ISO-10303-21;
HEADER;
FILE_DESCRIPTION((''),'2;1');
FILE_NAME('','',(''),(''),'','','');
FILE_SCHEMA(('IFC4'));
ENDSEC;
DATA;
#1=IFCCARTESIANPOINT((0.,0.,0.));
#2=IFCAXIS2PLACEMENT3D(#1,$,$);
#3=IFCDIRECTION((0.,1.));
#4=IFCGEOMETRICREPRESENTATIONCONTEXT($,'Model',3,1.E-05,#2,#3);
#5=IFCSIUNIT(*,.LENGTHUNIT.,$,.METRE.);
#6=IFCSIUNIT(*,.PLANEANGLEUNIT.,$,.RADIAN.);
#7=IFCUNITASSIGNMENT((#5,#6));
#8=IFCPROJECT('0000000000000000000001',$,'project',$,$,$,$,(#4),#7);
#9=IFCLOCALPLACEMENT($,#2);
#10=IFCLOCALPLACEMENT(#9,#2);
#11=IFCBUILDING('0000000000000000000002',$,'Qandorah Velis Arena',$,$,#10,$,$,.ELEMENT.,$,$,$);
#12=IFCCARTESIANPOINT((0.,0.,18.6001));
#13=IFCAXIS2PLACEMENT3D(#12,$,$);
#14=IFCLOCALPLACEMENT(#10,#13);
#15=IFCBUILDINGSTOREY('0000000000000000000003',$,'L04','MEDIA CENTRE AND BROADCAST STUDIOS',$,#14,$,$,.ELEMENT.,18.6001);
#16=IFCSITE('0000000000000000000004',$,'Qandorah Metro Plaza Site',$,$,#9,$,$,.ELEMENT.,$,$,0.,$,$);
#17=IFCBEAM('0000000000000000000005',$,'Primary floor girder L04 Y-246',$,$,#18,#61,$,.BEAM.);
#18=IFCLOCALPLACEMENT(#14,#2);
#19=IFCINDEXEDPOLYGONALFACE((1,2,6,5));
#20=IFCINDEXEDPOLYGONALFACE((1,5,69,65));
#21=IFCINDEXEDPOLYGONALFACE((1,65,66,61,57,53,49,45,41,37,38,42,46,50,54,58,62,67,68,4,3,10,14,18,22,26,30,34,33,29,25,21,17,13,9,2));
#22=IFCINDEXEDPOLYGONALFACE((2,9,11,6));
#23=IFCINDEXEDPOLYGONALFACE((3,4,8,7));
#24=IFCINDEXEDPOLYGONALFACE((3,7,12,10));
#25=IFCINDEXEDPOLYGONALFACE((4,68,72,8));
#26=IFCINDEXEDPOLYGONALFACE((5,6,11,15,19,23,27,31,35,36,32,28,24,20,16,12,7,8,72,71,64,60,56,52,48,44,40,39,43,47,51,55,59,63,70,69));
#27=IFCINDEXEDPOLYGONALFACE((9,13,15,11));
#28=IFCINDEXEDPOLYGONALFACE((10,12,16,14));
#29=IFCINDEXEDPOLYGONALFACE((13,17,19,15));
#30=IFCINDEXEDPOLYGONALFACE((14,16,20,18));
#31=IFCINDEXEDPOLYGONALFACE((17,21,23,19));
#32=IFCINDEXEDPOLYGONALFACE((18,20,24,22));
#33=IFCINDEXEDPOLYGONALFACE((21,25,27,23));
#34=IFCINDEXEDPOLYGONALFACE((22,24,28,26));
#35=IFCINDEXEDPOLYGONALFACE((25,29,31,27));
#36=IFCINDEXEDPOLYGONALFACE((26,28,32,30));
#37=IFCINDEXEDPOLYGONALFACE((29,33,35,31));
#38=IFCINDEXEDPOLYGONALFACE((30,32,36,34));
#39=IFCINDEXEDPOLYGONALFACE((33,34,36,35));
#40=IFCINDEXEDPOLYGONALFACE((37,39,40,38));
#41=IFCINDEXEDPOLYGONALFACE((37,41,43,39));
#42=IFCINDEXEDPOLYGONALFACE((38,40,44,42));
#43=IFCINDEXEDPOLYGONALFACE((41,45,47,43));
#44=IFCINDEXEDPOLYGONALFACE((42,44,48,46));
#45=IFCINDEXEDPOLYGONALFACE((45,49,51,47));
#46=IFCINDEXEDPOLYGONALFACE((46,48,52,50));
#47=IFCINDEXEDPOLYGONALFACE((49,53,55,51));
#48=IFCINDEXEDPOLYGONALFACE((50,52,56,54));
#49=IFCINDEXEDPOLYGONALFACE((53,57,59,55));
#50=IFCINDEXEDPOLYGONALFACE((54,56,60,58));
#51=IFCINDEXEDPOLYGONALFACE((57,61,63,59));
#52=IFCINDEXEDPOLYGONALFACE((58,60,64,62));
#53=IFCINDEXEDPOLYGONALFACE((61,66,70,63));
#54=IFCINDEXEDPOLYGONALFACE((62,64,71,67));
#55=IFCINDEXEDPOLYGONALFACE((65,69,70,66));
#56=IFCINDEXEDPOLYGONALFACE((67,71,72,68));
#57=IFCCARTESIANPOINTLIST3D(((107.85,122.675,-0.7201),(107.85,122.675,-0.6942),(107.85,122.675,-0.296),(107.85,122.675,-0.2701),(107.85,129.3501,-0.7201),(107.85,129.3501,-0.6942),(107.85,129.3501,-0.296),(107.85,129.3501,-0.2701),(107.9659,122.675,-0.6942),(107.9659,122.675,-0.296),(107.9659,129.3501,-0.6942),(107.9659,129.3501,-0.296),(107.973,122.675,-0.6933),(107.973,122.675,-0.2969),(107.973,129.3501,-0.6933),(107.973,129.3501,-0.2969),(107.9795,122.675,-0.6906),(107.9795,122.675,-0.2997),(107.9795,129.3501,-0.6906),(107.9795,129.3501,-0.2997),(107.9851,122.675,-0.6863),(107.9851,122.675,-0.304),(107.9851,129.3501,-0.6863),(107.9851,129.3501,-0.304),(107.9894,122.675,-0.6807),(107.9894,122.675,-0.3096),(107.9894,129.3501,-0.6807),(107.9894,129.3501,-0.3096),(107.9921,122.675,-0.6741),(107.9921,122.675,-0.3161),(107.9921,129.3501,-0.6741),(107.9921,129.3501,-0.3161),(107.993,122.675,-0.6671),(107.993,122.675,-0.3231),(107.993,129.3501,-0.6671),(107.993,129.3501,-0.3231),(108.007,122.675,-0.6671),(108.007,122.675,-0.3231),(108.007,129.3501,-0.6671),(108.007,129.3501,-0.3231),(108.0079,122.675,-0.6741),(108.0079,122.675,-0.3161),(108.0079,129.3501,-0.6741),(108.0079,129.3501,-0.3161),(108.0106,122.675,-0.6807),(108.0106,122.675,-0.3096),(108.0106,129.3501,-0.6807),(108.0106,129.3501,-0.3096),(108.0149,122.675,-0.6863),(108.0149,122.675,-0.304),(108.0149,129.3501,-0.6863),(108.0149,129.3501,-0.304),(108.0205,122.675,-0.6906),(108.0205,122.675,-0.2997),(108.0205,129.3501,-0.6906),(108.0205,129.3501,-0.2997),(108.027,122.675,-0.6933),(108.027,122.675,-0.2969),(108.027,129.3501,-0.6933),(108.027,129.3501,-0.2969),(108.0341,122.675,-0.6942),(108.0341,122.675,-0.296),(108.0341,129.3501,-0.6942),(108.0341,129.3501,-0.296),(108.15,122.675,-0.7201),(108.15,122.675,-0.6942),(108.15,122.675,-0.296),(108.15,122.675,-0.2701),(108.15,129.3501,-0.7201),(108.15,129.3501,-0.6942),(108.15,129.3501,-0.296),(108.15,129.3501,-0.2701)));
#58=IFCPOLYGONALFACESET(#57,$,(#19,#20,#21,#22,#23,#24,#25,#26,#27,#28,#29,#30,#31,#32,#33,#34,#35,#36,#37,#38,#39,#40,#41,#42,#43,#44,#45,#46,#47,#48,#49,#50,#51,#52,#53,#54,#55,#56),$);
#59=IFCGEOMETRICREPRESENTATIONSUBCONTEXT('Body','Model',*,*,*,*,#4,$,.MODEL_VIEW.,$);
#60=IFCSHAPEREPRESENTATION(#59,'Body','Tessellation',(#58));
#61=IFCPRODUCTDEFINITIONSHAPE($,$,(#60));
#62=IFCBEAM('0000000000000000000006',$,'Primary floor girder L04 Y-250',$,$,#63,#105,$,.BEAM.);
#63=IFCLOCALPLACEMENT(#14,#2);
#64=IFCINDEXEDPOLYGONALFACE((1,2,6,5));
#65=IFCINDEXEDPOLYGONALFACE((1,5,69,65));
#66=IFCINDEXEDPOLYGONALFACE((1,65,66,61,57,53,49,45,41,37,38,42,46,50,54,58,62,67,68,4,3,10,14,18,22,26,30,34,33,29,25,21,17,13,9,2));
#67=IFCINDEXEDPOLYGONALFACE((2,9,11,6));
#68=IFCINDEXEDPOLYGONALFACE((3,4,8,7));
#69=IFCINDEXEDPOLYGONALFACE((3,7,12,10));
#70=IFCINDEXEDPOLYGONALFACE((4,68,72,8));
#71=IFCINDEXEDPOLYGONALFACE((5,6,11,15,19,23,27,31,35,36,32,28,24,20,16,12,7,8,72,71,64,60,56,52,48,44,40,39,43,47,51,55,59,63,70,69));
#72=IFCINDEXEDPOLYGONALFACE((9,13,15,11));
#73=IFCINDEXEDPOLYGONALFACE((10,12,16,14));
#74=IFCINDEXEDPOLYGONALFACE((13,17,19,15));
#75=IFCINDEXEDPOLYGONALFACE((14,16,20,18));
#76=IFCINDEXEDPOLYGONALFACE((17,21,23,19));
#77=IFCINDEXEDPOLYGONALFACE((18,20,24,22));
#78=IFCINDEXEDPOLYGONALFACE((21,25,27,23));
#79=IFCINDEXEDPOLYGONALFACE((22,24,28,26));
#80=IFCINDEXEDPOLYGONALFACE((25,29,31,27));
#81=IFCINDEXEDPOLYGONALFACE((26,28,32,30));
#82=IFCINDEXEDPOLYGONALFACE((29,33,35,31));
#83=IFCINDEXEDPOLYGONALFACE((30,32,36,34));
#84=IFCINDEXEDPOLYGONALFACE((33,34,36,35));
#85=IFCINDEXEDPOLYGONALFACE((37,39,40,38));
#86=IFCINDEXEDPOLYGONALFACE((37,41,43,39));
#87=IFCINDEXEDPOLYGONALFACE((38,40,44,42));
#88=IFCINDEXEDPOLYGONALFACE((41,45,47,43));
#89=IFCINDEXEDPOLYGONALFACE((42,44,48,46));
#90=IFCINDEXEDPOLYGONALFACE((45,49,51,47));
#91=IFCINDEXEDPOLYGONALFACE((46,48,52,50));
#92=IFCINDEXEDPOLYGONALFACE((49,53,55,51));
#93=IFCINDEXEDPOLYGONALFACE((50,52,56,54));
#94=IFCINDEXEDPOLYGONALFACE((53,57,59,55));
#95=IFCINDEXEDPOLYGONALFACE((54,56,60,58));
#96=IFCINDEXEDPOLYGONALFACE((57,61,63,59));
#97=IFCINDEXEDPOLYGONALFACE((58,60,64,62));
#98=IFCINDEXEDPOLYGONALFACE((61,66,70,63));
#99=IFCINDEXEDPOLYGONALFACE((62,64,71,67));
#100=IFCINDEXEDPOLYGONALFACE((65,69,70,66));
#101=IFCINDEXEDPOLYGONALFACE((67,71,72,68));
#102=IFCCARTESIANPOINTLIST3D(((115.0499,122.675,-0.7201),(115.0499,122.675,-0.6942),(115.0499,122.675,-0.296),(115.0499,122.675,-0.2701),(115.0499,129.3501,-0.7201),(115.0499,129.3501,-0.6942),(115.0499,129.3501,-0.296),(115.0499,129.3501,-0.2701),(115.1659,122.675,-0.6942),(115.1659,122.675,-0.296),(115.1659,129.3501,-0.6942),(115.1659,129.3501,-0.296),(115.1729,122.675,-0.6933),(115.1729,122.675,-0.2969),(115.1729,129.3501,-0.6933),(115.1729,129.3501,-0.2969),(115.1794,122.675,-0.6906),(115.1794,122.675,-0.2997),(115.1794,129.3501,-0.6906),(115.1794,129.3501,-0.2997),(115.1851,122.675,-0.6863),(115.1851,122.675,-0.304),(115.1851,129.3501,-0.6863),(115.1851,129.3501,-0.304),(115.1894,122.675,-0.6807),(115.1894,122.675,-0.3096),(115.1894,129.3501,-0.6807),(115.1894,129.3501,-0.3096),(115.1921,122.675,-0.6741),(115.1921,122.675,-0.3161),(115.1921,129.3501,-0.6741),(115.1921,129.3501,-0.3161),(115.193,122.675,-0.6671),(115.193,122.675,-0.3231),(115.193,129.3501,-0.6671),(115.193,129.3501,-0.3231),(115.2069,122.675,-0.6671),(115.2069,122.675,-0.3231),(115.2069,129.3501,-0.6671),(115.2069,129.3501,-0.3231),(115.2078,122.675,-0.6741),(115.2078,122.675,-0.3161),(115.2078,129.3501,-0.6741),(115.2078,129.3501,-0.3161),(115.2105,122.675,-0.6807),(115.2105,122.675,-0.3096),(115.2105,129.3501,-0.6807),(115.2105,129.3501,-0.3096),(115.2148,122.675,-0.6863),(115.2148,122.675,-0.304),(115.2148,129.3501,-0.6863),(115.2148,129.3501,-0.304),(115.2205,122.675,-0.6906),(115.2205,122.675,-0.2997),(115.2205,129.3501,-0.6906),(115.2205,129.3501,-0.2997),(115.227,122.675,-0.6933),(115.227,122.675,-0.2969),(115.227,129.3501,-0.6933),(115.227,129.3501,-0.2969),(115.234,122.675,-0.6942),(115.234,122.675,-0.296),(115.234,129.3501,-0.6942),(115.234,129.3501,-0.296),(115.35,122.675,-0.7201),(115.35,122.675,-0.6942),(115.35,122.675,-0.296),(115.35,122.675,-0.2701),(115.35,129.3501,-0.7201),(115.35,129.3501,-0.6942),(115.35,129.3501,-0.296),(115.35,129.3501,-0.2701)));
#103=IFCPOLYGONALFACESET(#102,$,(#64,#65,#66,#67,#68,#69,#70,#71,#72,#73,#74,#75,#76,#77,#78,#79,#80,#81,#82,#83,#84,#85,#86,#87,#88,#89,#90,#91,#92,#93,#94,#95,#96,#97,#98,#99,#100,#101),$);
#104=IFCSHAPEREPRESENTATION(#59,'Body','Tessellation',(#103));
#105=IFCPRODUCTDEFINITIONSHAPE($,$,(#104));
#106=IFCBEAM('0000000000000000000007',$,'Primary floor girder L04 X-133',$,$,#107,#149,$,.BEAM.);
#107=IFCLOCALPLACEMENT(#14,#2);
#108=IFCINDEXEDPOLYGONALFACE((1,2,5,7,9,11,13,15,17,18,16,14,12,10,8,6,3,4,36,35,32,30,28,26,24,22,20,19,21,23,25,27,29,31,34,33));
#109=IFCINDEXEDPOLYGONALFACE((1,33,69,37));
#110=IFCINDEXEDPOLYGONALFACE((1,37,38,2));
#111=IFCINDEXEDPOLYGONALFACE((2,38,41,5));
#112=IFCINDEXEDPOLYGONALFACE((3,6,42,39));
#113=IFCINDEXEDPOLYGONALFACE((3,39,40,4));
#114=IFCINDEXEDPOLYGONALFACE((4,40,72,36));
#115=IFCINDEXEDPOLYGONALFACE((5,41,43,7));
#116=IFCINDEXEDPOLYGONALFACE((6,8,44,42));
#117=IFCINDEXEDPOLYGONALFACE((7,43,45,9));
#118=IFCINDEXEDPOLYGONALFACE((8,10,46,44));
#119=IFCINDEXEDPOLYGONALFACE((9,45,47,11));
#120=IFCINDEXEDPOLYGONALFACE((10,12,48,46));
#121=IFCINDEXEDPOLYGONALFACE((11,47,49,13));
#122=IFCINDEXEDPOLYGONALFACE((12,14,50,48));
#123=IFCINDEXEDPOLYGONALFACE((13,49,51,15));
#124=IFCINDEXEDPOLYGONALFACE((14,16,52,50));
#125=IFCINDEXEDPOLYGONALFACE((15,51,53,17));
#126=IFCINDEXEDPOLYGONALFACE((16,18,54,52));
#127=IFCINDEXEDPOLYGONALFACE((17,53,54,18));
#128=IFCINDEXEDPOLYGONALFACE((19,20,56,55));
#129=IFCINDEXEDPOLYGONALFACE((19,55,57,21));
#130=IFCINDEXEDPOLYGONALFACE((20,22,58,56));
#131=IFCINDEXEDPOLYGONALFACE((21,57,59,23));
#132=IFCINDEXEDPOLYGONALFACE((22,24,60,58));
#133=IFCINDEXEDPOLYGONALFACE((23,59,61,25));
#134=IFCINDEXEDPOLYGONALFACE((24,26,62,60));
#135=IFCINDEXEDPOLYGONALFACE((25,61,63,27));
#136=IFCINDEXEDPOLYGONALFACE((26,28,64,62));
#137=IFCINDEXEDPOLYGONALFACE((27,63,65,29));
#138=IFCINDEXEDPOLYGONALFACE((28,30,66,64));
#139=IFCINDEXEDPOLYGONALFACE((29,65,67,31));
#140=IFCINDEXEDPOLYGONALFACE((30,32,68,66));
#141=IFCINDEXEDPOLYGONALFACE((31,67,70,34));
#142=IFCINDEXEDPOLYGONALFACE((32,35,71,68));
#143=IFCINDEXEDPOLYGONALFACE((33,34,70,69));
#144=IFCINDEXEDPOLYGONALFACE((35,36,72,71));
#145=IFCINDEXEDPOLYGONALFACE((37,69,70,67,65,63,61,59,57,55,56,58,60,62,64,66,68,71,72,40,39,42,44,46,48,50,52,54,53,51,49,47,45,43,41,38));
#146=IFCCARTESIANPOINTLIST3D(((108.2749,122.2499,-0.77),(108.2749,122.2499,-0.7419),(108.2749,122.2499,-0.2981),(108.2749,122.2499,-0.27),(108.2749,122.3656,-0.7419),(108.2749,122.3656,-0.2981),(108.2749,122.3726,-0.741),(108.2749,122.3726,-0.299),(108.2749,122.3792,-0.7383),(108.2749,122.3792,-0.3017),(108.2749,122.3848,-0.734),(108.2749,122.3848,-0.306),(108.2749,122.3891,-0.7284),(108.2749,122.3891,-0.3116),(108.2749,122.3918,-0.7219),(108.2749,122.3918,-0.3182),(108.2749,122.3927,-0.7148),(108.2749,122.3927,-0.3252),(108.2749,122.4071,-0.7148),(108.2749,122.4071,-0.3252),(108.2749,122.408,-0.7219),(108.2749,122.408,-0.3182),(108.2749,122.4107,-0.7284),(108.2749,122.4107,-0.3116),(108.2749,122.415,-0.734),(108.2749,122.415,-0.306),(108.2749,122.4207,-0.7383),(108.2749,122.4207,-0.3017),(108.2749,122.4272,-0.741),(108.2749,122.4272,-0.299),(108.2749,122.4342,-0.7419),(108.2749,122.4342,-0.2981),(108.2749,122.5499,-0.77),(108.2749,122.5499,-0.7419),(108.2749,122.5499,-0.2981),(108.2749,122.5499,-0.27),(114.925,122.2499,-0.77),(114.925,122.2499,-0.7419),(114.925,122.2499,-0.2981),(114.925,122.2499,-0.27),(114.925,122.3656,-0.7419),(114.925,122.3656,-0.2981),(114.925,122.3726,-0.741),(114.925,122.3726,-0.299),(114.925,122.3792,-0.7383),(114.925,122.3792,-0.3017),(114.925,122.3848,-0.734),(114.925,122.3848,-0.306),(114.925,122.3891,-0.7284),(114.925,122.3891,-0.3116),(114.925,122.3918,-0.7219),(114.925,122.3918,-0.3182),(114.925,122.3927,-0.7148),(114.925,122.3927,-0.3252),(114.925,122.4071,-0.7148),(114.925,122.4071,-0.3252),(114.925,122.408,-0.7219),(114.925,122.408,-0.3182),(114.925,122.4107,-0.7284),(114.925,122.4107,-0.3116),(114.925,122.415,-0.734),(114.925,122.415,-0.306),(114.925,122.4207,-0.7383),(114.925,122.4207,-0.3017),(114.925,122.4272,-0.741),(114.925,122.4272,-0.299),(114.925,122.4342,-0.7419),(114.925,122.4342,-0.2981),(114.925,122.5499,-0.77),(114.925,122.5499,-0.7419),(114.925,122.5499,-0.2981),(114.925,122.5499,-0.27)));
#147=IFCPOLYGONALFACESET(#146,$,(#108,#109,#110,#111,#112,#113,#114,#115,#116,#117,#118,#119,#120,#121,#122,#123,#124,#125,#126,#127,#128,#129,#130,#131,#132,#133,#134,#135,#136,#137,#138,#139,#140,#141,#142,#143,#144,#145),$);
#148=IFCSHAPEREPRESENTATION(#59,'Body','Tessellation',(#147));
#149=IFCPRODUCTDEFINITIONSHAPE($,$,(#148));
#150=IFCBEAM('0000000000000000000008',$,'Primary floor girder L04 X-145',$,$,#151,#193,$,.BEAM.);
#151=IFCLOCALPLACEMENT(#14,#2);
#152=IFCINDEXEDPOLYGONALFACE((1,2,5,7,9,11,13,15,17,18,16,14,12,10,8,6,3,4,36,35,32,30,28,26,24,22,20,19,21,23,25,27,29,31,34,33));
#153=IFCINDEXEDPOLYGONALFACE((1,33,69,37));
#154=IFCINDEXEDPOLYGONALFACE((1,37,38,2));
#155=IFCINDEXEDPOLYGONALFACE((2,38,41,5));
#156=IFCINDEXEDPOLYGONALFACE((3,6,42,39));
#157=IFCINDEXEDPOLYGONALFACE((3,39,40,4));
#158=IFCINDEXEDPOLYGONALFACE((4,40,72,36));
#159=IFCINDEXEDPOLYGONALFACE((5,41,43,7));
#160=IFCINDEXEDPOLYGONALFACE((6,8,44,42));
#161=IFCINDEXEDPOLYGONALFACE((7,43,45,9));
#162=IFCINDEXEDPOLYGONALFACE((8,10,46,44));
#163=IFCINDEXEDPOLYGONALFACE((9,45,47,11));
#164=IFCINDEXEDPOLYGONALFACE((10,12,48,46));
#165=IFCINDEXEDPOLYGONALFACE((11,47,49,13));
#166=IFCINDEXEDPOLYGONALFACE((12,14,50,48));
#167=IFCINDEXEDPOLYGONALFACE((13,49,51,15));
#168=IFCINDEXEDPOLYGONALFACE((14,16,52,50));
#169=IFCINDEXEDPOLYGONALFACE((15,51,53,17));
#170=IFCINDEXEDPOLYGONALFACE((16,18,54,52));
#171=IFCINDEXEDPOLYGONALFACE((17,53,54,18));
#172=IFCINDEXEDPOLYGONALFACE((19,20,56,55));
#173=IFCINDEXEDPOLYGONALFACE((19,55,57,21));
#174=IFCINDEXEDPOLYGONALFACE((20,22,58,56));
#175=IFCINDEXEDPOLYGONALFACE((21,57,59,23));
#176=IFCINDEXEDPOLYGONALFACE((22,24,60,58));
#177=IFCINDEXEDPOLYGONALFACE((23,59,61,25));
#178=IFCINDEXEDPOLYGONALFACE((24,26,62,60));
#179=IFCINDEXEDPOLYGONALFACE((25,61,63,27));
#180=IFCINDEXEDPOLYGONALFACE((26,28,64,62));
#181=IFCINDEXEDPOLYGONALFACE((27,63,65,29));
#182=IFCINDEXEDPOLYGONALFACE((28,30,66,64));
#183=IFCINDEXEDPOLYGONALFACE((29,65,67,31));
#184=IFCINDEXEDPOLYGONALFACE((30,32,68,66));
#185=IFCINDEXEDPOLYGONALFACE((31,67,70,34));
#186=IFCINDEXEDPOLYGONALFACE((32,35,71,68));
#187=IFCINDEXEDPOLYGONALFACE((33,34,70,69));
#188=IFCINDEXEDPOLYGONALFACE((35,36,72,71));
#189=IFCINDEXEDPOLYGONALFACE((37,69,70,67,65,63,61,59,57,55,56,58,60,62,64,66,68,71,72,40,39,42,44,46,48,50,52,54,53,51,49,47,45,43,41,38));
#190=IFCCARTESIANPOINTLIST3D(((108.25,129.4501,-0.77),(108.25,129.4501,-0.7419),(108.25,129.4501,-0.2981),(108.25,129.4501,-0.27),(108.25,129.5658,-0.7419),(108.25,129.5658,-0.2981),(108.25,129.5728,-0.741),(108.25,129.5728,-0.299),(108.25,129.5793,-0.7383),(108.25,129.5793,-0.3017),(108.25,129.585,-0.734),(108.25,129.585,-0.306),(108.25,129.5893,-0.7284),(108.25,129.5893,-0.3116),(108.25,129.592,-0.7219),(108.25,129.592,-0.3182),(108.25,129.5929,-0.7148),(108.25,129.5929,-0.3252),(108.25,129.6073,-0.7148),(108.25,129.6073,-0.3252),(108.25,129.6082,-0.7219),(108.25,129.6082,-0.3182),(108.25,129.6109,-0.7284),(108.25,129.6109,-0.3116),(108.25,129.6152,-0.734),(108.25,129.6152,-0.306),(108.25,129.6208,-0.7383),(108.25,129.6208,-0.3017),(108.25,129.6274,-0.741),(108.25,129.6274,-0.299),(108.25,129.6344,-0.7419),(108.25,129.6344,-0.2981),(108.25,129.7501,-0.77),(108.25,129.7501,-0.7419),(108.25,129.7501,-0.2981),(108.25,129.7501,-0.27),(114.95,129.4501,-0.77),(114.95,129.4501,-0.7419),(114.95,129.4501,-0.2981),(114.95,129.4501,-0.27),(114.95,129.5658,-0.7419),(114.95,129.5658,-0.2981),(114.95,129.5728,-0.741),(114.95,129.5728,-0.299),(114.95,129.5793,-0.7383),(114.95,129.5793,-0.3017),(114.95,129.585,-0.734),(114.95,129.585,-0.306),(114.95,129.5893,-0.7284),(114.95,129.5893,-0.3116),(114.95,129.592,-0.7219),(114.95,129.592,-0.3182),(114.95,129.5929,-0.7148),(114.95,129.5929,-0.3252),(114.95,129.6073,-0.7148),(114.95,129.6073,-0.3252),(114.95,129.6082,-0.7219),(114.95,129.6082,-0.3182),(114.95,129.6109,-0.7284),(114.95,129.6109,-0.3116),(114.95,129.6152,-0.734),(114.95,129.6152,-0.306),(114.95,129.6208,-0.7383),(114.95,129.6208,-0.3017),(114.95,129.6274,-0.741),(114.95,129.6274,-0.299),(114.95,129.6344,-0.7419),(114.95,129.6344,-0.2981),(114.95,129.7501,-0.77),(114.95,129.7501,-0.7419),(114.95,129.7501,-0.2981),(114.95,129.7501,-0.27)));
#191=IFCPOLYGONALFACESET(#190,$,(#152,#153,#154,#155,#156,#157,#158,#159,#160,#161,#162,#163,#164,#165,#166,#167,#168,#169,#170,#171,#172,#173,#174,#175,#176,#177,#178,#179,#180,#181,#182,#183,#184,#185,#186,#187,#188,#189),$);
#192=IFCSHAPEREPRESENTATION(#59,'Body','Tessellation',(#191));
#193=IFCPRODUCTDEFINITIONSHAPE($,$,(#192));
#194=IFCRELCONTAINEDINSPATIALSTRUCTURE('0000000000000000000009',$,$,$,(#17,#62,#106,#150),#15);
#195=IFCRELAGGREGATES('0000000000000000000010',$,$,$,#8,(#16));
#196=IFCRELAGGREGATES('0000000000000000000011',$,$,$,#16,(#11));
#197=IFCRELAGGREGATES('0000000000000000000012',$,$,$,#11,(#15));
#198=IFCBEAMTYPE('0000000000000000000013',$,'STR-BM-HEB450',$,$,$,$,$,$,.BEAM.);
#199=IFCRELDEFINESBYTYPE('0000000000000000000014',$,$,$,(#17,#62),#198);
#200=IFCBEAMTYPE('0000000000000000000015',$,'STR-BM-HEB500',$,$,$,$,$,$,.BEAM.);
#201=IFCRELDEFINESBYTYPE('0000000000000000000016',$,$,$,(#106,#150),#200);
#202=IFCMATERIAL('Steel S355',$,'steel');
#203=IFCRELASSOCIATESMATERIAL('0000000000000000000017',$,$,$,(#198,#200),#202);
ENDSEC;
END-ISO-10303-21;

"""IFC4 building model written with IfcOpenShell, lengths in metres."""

from ifc_helpers import new_model, si_unit, direction, frame, origin, origin_2d, place, context, subcontext, project, spatial, i_section, extrude, material, material_profile, profile_set, type_object, element, save


model = new_model("IFC4")

# Units and contexts
model_context = context("Model", 3, precision=1e-05, world=origin(), true_north=direction((0.0, 1.0)))
body_context = subcontext(model_context, "Body", "Model", "MODEL_VIEW")
ifc_project = project(units=[si_unit("LENGTHUNIT", "METRE"), si_unit("PLANEANGLEUNIT", "RADIAN")], contexts=[model_context])

# Site, building, storey
site_placement = place(None, origin())
site = spatial("IfcSite", under=ifc_project, at=site_placement, Name="Qandorah Metro Plaza Site", CompositionType="ELEMENT", RefElevation=0.0)
building_placement = place(site_placement, origin())
building = spatial("IfcBuilding", under=site, at=building_placement, Name="Qandorah Velis Arena", CompositionType="ELEMENT")
storey_placement = place(building_placement, frame((0.0, 0.0, 18.6001)))
storey = spatial("IfcBuildingStorey", under=building, at=storey_placement, Name="L04", Description="MEDIA CENTRE AND BROADCAST STUDIOS", CompositionType="ELEMENT", Elevation=18.6001)

# Beams
ifc_material_1 = material(Name="Steel S355", Category="steel")
ifc_material_profile_1 = material_profile(ifc_material_1, i_section(OverallWidth=0.3, OverallDepth=0.45, WebThickness=0.0139, FlangeThickness=0.0259, FilletRadius=0.0271, at=origin_2d()), Name="HEB 450")
ifc_profile_set_1 = profile_set([ifc_material_profile_1], Name="Steel S355")
beam_type_1 = type_object("IfcBeamType", Name="STR-BM-HEB450", PredefinedType="BEAM", material=ifc_profile_set_1)
for number, where, z_axis, x_axis, name in (
    (1, (108.0, 122.675, -0.4951), (0.0, 1.0, 0.0), (-1.0, 0.0, 0.0), "Primary floor girder L04 Y-246"),
    (2, (115.2, 122.675, -0.4951), (0.0, 1.0, 0.0), (-1.0, 0.0, 0.0), "Primary floor girder L04 Y-250"),
):
    element("IfcBeam", number, at=place(storey_placement, frame(where, z_axis=z_axis, x_axis=x_axis)), inside=storey, type_object=beam_type_1, Name=name, PredefinedType="BEAM", context=body_context, shape_type="SweptSolid", body=[
        extrude(i_section(OverallWidth=0.3, OverallDepth=0.45, WebThickness=0.0139, FlangeThickness=0.0259, FilletRadius=0.0271, at=origin_2d()), origin(), (0.0, 0.0, 1.0), 6.675),
    ])
ifc_material_profile_2 = material_profile(ifc_material_1, i_section(OverallWidth=0.3, OverallDepth=0.5, WebThickness=0.0144, FlangeThickness=0.0281, FilletRadius=0.0271, at=origin_2d()), Name="HEB 500")
ifc_profile_set_2 = profile_set([ifc_material_profile_2], Name="Steel S355")
beam_type_2 = type_object("IfcBeamType", Name="STR-BM-HEB500", PredefinedType="BEAM", material=ifc_profile_set_2)
beam_1_placement = place(storey_placement, frame((108.2749, 122.3999, -0.52), z_axis=(1.0, 0.0, 0.0), x_axis=(0.0, 1.0, 0.0)))
element("IfcBeam", 3, at=beam_1_placement, inside=storey, type_object=beam_type_2, Name="Primary floor girder L04 X-133", PredefinedType="BEAM", context=body_context, shape_type="SweptSolid", body=[
    extrude(i_section(OverallWidth=0.3, OverallDepth=0.5, WebThickness=0.0144, FlangeThickness=0.0281, FilletRadius=0.0271, at=origin_2d()), origin(), (0.0, 0.0, 1.0), 6.6501),
])
beam_2_placement = place(storey_placement, frame((108.25, 129.6001, -0.52), z_axis=(1.0, 0.0, 0.0), x_axis=(0.0, 1.0, 0.0)))
element("IfcBeam", 4, at=beam_2_placement, inside=storey, type_object=beam_type_2, Name="Primary floor girder L04 X-145", PredefinedType="BEAM", context=body_context, shape_type="SweptSolid", body=[
    extrude(i_section(OverallWidth=0.3, OverallDepth=0.5, WebThickness=0.0144, FlangeThickness=0.0281, FilletRadius=0.0271, at=origin_2d()), origin(), (0.0, 0.0, 1.0), 6.7),
])

save(model, "model.ifc")
